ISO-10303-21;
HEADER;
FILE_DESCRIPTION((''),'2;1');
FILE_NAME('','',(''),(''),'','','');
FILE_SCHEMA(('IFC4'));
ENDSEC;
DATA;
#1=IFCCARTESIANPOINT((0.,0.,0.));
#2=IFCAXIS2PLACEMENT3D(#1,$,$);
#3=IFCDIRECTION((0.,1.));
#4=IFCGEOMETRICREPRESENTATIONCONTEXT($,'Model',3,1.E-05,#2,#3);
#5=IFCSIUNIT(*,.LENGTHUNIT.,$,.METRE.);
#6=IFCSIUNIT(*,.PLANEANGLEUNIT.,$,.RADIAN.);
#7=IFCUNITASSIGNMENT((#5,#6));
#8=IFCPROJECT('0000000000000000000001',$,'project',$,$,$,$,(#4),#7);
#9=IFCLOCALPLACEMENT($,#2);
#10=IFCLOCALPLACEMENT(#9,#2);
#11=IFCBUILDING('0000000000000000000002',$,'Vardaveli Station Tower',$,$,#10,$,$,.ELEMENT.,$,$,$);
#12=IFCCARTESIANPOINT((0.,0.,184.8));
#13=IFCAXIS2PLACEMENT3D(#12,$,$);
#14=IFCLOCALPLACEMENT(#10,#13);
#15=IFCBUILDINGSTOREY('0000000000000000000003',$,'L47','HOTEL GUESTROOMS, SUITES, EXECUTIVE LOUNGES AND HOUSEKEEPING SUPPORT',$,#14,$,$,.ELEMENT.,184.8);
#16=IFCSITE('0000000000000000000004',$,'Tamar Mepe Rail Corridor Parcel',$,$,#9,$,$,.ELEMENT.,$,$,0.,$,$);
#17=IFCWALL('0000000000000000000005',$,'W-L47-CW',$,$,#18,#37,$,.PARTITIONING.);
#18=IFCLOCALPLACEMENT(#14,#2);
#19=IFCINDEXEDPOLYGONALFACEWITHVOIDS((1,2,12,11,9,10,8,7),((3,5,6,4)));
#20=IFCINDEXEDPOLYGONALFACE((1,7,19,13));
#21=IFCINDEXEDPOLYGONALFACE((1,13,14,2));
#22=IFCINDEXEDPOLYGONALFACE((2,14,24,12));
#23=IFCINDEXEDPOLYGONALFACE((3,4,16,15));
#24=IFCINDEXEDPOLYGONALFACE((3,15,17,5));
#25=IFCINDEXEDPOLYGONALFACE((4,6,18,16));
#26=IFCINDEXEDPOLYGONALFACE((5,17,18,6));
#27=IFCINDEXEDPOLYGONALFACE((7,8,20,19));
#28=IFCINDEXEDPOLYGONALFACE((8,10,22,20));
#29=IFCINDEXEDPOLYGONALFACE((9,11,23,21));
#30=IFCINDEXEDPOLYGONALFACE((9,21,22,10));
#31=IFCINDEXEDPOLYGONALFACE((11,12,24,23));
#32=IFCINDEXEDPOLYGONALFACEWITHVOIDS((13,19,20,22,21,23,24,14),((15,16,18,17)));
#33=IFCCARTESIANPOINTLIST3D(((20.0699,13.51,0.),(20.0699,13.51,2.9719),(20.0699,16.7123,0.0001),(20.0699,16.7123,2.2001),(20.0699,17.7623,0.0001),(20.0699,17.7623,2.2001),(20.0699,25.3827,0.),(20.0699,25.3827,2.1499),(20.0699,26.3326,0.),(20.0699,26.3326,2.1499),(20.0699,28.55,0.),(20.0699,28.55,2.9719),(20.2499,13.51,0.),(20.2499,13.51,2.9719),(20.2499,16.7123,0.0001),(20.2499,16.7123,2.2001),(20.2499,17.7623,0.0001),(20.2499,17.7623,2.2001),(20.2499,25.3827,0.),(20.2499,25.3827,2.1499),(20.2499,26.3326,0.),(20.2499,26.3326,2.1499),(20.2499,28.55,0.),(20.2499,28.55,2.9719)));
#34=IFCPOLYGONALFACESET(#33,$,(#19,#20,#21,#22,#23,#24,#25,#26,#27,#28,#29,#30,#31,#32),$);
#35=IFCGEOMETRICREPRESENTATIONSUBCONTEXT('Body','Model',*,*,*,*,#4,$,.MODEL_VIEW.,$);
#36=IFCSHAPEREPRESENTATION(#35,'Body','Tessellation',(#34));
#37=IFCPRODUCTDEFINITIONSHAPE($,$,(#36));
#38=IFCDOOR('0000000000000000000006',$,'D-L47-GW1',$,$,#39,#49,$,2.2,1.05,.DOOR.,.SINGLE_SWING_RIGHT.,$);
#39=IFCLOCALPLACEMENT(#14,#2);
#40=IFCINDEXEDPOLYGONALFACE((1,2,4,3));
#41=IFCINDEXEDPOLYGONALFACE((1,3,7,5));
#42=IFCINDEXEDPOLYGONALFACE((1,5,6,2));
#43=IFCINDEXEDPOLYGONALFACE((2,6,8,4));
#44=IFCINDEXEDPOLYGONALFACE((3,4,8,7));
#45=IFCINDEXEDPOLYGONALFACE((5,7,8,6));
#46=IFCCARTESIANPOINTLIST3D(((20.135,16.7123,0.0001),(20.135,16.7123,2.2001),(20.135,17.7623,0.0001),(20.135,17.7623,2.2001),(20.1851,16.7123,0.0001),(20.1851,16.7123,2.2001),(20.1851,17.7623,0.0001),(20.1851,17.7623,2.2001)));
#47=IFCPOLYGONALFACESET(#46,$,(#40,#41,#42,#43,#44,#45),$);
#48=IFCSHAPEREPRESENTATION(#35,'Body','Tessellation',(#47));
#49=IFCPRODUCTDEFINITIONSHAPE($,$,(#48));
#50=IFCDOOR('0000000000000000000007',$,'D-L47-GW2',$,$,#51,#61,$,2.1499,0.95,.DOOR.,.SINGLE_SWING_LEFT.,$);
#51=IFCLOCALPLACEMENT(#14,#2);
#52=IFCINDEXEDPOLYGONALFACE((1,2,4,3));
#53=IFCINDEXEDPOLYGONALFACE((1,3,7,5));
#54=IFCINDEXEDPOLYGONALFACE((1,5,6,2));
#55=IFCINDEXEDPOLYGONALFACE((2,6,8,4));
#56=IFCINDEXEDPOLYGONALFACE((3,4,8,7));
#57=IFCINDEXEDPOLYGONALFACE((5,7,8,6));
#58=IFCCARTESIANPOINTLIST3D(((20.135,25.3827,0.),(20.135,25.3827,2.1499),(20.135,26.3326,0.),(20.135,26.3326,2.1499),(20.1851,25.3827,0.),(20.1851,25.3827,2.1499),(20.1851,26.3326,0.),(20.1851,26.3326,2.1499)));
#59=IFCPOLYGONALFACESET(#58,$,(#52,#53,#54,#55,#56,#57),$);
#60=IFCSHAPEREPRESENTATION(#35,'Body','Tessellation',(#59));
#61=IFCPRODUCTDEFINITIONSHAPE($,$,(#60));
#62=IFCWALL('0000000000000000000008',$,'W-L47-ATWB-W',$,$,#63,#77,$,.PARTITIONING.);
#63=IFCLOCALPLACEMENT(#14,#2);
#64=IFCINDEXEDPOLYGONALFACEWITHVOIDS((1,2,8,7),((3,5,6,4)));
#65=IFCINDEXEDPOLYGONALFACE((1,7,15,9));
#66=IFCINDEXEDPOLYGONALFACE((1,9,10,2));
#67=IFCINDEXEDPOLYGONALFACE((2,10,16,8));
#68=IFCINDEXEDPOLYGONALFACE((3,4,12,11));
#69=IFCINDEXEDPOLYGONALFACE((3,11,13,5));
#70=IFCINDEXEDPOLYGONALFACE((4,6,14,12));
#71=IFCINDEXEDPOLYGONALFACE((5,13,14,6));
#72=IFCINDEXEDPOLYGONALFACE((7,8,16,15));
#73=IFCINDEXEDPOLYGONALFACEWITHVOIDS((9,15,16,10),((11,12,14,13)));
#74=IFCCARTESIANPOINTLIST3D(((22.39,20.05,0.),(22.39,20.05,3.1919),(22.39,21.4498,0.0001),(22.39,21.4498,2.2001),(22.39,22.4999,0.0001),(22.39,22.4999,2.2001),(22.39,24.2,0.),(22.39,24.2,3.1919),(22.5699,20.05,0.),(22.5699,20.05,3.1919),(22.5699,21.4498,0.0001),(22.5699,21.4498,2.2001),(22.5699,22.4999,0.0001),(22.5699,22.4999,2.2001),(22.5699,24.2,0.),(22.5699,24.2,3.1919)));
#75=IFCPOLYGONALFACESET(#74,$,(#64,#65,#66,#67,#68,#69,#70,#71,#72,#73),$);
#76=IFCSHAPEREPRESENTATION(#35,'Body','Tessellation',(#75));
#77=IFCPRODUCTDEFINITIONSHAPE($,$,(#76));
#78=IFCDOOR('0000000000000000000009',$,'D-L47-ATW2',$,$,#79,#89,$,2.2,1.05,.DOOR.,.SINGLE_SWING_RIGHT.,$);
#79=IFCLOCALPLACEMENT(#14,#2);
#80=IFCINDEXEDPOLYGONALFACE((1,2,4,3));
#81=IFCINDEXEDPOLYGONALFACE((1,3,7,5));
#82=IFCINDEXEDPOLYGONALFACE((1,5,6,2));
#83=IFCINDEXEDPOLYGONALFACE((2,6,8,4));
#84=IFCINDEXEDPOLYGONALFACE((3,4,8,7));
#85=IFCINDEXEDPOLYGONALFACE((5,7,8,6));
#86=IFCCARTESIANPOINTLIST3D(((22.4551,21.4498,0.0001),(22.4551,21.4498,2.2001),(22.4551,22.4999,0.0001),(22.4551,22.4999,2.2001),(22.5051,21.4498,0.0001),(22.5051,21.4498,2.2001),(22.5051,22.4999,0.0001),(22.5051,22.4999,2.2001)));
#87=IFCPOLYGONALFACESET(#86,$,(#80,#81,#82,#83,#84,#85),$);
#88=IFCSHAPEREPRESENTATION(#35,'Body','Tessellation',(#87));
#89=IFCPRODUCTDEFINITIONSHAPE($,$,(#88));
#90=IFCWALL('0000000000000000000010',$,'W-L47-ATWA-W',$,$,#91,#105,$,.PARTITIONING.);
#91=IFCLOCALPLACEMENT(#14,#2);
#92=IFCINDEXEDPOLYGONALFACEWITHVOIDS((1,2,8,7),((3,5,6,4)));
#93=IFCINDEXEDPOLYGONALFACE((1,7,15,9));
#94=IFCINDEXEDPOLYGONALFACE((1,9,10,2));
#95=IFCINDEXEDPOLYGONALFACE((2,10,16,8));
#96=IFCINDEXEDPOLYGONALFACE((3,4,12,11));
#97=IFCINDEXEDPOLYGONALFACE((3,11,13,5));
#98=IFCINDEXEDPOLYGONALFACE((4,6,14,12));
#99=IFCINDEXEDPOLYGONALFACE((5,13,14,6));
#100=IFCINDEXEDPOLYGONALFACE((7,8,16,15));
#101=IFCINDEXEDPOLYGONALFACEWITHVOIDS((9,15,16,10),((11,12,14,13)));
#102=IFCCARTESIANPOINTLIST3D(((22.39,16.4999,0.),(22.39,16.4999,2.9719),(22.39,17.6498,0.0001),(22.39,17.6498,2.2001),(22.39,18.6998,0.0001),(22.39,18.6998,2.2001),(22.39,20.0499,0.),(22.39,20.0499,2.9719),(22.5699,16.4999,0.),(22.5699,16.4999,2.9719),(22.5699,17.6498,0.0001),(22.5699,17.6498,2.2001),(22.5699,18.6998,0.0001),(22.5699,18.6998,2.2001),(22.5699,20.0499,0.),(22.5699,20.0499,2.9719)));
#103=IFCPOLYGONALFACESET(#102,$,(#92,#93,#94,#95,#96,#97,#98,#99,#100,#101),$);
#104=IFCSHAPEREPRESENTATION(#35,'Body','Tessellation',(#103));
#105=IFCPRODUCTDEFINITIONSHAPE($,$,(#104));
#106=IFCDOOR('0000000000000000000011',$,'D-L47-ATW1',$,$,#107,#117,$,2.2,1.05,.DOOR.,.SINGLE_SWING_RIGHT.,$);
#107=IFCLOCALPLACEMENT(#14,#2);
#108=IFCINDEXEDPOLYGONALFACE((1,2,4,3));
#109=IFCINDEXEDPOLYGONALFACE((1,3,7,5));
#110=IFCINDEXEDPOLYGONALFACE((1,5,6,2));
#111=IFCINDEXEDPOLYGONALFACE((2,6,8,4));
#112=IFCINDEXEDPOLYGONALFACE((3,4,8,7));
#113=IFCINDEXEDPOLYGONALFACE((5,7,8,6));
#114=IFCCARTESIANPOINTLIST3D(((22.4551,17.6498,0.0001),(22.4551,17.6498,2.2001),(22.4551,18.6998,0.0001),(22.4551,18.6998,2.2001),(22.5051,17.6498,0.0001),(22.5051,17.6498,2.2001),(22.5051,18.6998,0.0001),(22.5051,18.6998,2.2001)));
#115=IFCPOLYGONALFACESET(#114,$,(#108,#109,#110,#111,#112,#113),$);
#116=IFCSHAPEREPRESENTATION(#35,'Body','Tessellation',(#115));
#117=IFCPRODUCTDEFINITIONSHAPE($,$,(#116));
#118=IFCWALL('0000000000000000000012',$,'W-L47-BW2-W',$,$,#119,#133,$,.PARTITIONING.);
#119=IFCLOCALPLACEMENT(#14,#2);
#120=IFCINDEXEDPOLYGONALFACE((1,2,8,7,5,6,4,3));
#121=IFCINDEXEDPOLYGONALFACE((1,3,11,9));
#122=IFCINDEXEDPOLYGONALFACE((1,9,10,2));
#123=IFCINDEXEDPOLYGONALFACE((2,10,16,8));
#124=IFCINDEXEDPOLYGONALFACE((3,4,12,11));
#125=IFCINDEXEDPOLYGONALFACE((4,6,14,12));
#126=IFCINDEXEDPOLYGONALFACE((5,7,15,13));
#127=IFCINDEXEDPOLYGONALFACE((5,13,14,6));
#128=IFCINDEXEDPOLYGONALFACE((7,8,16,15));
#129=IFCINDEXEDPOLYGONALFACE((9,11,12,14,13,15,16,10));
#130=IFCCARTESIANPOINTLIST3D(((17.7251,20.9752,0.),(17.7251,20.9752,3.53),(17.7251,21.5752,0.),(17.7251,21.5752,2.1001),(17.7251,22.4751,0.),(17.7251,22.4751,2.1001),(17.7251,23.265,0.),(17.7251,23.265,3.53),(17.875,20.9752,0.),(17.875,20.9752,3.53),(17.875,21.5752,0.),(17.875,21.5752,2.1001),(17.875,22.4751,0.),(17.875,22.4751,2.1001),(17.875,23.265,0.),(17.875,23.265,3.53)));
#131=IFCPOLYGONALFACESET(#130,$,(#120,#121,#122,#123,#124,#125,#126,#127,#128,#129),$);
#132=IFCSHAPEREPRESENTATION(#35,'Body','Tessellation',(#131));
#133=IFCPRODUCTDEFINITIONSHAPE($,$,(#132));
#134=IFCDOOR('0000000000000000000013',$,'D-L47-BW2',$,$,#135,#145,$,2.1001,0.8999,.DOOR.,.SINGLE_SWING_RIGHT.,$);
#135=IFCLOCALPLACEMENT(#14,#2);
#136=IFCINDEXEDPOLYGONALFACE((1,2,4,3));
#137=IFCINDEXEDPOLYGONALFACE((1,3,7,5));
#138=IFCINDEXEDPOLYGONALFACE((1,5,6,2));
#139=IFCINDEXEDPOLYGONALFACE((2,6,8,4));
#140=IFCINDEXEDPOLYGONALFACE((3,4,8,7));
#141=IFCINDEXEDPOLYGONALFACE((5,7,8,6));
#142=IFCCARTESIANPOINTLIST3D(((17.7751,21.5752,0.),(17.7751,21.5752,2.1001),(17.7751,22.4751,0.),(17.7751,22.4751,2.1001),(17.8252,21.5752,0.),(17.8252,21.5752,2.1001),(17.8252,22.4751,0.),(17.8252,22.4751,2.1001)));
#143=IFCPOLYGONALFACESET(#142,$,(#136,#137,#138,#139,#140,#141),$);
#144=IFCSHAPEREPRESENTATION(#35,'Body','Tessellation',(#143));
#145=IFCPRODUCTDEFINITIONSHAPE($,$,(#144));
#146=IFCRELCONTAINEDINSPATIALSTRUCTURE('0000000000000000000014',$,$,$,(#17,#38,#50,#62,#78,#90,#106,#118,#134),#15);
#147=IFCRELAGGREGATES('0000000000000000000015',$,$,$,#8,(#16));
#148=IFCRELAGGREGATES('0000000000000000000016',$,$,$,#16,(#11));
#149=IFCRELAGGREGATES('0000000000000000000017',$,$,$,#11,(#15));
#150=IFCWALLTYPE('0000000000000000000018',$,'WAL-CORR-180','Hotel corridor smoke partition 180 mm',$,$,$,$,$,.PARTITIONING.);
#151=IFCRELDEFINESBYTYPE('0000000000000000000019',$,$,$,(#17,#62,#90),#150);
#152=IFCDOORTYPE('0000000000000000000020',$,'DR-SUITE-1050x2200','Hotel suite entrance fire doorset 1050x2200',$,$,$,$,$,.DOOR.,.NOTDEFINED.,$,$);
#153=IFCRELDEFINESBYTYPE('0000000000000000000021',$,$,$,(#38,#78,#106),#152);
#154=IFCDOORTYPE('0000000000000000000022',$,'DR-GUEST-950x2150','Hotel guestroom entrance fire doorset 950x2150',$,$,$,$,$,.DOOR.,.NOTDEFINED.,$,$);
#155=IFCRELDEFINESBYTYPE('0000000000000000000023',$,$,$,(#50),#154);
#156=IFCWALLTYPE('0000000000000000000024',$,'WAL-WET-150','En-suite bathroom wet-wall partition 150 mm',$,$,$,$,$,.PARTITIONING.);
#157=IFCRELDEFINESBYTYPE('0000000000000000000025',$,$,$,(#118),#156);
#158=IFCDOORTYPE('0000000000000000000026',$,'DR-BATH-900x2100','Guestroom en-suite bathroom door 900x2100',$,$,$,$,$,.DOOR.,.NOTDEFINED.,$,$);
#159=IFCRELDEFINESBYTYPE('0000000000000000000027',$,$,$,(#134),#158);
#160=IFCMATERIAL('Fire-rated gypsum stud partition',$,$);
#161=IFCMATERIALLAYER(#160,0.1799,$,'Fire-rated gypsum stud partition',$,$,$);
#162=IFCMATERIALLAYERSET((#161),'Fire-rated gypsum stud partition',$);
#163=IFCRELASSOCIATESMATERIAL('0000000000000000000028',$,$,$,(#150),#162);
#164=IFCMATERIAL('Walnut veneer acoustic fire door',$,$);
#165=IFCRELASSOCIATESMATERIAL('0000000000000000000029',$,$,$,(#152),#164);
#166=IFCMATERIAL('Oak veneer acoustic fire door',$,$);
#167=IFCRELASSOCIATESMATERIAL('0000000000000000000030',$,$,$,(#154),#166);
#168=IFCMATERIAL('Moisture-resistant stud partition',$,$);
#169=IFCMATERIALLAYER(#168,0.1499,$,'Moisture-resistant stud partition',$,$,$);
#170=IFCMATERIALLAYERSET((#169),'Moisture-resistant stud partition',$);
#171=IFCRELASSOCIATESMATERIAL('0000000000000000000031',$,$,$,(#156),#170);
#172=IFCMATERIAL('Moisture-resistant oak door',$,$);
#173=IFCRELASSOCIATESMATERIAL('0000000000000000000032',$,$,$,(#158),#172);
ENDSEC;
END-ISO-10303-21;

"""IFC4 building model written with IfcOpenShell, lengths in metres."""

from ifc_helpers import new_model, si_unit, direction, frame, frame_2d, origin, place, context, subcontext, project, spatial, rectangle, extrude, source, transform, mapped, material, layer, layer_set, type_object, element, fill, save


model = new_model("IFC4")

# Units and contexts
model_context = context("Model", 3, precision=1e-05, world=origin(), true_north=direction((0.0, 1.0)))
body_context = subcontext(model_context, "Body", "Model", "MODEL_VIEW")
ifc_project = project(units=[si_unit("LENGTHUNIT", "METRE"), si_unit("PLANEANGLEUNIT", "RADIAN")], contexts=[model_context])

# Site, building, storey
site_placement = place(None, origin())
site = spatial("IfcSite", under=ifc_project, at=site_placement, Name="Tamar Mepe Rail Corridor Parcel", CompositionType="ELEMENT", RefElevation=0.0)
building_placement = place(site_placement, origin())
building = spatial("IfcBuilding", under=site, at=building_placement, Name="Vardaveli Station Tower", CompositionType="ELEMENT")
storey_placement = place(building_placement, frame((0.0, 0.0, 184.8)))
storey = spatial("IfcBuildingStorey", under=building, at=storey_placement, Name="L47", Description="HOTEL GUESTROOMS, SUITES, EXECUTIVE LOUNGES AND HOUSEKEEPING SUPPORT", CompositionType="ELEMENT", Elevation=184.8)

# Wall, openings, doors
ifc_material_1 = material(Name="Fire-rated gypsum stud partition")
ifc_layer_1 = layer(ifc_material_1, 0.1799, Name="Fire-rated gypsum stud partition")
ifc_layer_set_1 = layer_set([ifc_layer_1], Name="Fire-rated gypsum stud partition")
wall_type_1 = type_object("IfcWallType", Name="WAL-CORR-180", Description="Hotel corridor smoke partition 180 mm", PredefinedType="PARTITIONING", material=ifc_layer_set_1)
shared_shape_1 = source(origin(), body_context, "Body", "SweptSolid", [
    extrude(rectangle(XDim=15.04, YDim=0.1799, at=frame_2d((7.52, 0.0))), origin(), (0.0, 0.0, 1.0), 2.9719),
])
wall_1_placement = place(storey_placement, frame((20.1599, 13.51, 0.0), z_axis=(0.0, 0.0, 1.0), x_axis=(0.0, 1.0, 0.0)))
wall_1 = element("IfcWall", 1, at=wall_1_placement, inside=storey, type_object=wall_type_1, Name="W-L47-CW", PredefinedType="PARTITIONING", context=body_context, shape_type="MappedRepresentation", body=[
    mapped(shared_shape_1, transform((0.0, 0.0, 0.0), scale=1.0)),
])
shared_shape_2 = source(origin(), body_context, "Body", "SweptSolid", [
    extrude(rectangle(XDim=1.05, YDim=2.2, at=frame_2d((0.5249, 1.1001))), frame((0.0, 0.1001, 0.0), z_axis=(0.0, -1.0, 0.0), x_axis=(1.0, 0.0, 0.0)), (0.0, 0.0, 1.0), 0.2),
])
opening_1_placement = place(wall_1_placement, frame((3.2024, 0.0, 0.0)))
opening_1 = element("IfcOpeningElement", 2, at=opening_1_placement, cuts=wall_1, PredefinedType="OPENING", context=body_context, shape_type="MappedRepresentation", body=[
    mapped(shared_shape_2, transform((0.0, 0.0, 0.0), scale=1.0)),
])
shared_shape_3 = source(origin(), body_context, "Body", "SweptSolid", [
    extrude(rectangle(XDim=0.95, YDim=2.1499, at=frame_2d((0.4751, 1.075))), frame((0.0, 0.1001, 0.0), z_axis=(0.0, -1.0, 0.0), x_axis=(1.0, 0.0, 0.0)), (0.0, 0.0, 1.0), 0.2),
])
opening_2_placement = place(wall_1_placement, frame((11.8726, 0.0, 0.0)))
opening_2 = element("IfcOpeningElement", 3, at=opening_2_placement, cuts=wall_1, PredefinedType="OPENING", context=body_context, shape_type="MappedRepresentation", body=[
    mapped(shared_shape_3, transform((0.0, 0.0, 0.0), scale=1.0)),
])
ifc_material_2 = material(Name="Walnut veneer acoustic fire door")
door_type_1 = type_object("IfcDoorType", Name="DR-SUITE-1050x2200", Description="Hotel suite entrance fire doorset 1050x2200", OperationType="NOTDEFINED", PredefinedType="DOOR", material=ifc_material_2)
shared_shape_4 = source(origin(), body_context, "Body", "SweptSolid", [
    extrude(rectangle(XDim=1.05, YDim=2.2, at=frame_2d((0.5249, 1.1001))), frame((0.0, 0.0249, 0.0), z_axis=(0.0, -1.0, 0.0), x_axis=(1.0, 0.0, 0.0)), (0.0, 0.0, 1.0), 0.05),
])
door_1_placement = place(opening_1_placement, origin())
door_1 = element("IfcDoor", 4, at=door_1_placement, inside=storey, type_object=door_type_1, Name="D-L47-GW1", OperationType="SINGLE_SWING_RIGHT", OverallHeight=2.2, OverallWidth=1.05, PredefinedType="DOOR", context=body_context, shape_type="MappedRepresentation", body=[
    mapped(shared_shape_4, transform((0.0, 0.0, 0.0), scale=1.0)),
])
fill(opening_1, door_1)
ifc_material_3 = material(Name="Oak veneer acoustic fire door")
door_type_2 = type_object("IfcDoorType", Name="DR-GUEST-950x2150", Description="Hotel guestroom entrance fire doorset 950x2150", OperationType="NOTDEFINED", PredefinedType="DOOR", material=ifc_material_3)
shared_shape_5 = source(origin(), body_context, "Body", "SweptSolid", [
    extrude(rectangle(XDim=0.95, YDim=2.1499, at=frame_2d((0.4751, 1.075))), frame((0.0, 0.0249, 0.0), z_axis=(0.0, -1.0, 0.0), x_axis=(1.0, 0.0, 0.0)), (0.0, 0.0, 1.0), 0.05),
])
door_2_placement = place(opening_2_placement, origin())
door_2 = element("IfcDoor", 5, at=door_2_placement, inside=storey, type_object=door_type_2, Name="D-L47-GW2", OperationType="SINGLE_SWING_LEFT", OverallHeight=2.1499, OverallWidth=0.95, PredefinedType="DOOR", context=body_context, shape_type="MappedRepresentation", body=[
    mapped(shared_shape_5, transform((0.0, 0.0, 0.0), scale=1.0)),
])
fill(opening_2, door_2)

# Walls, openings, doors
shared_shape_6 = source(origin(), body_context, "Body", "SweptSolid", [
    extrude(rectangle(XDim=4.1499, YDim=0.1799, at=frame_2d((2.075, 0.0))), origin(), (0.0, 0.0, 1.0), 3.1919),
])
wall_2_placement = place(storey_placement, frame((22.48, 20.05, 0.0), z_axis=(0.0, 0.0, 1.0), x_axis=(0.0, 1.0, 0.0)))
wall_2 = element("IfcWall", 6, at=wall_2_placement, inside=storey, type_object=wall_type_1, Name="W-L47-ATWB-W", PredefinedType="PARTITIONING", context=body_context, shape_type="MappedRepresentation", body=[
    mapped(shared_shape_6, transform((0.0, 0.0, 0.0), scale=1.0)),
])
opening_3_placement = place(wall_2_placement, frame((1.3999, 0.0, 0.0)))
opening_3 = element("IfcOpeningElement", 7, at=opening_3_placement, cuts=wall_2, PredefinedType="OPENING", context=body_context, shape_type="MappedRepresentation", body=[
    mapped(shared_shape_2, transform((0.0, 0.0, 0.0), scale=1.0)),
])
door_3_placement = place(opening_3_placement, origin())
door_3 = element("IfcDoor", 8, at=door_3_placement, inside=storey, type_object=door_type_1, Name="D-L47-ATW2", OperationType="SINGLE_SWING_RIGHT", OverallHeight=2.2, OverallWidth=1.05, PredefinedType="DOOR", context=body_context, shape_type="MappedRepresentation", body=[
    mapped(shared_shape_4, transform((0.0, 0.0, 0.0), scale=1.0)),
])
fill(opening_3, door_3)
shared_shape_7 = source(origin(), body_context, "Body", "SweptSolid", [
    extrude(rectangle(XDim=3.55, YDim=0.1799, at=frame_2d((1.7749, 0.0))), origin(), (0.0, 0.0, 1.0), 2.9719),
])
wall_3_placement = place(storey_placement, frame((22.48, 16.5, 0.0), z_axis=(0.0, 0.0, 1.0), x_axis=(0.0, 1.0, 0.0)))
wall_3 = element("IfcWall", 9, at=wall_3_placement, inside=storey, type_object=wall_type_1, Name="W-L47-ATWA-W", PredefinedType="PARTITIONING", context=body_context, shape_type="MappedRepresentation", body=[
    mapped(shared_shape_7, transform((0.0, 0.0, 0.0), scale=1.0)),
])
opening_4_placement = place(wall_3_placement, frame((1.1499, 0.0, 0.0)))
opening_4 = element("IfcOpeningElement", 10, at=opening_4_placement, cuts=wall_3, PredefinedType="OPENING", context=body_context, shape_type="MappedRepresentation", body=[
    mapped(shared_shape_2, transform((0.0, 0.0, 0.0), scale=1.0)),
])
door_4_placement = place(opening_4_placement, origin())
door_4 = element("IfcDoor", 11, at=door_4_placement, inside=storey, type_object=door_type_1, Name="D-L47-ATW1", OperationType="SINGLE_SWING_RIGHT", OverallHeight=2.2, OverallWidth=1.05, PredefinedType="DOOR", context=body_context, shape_type="MappedRepresentation", body=[
    mapped(shared_shape_4, transform((0.0, 0.0, 0.0), scale=1.0)),
])
fill(opening_4, door_4)
ifc_material_4 = material(Name="Moisture-resistant stud partition")
ifc_layer_2 = layer(ifc_material_4, 0.1499, Name="Moisture-resistant stud partition")
ifc_layer_set_2 = layer_set([ifc_layer_2], Name="Moisture-resistant stud partition")
wall_type_2 = type_object("IfcWallType", Name="WAL-WET-150", Description="En-suite bathroom wet-wall partition 150 mm", PredefinedType="PARTITIONING", material=ifc_layer_set_2)
shared_shape_8 = source(origin(), body_context, "Body", "SweptSolid", [
    extrude(rectangle(XDim=2.2898, YDim=0.1499, at=frame_2d((1.145, 0.0))), origin(), (0.0, 0.0, 1.0), 3.53),
])
wall_4_placement = place(storey_placement, frame((17.8, 20.9751, 0.0), z_axis=(0.0, 0.0, 1.0), x_axis=(0.0, 1.0, 0.0)))
wall_4 = element("IfcWall", 12, at=wall_4_placement, inside=storey, type_object=wall_type_2, Name="W-L47-BW2-W", PredefinedType="PARTITIONING", context=body_context, shape_type="MappedRepresentation", body=[
    mapped(shared_shape_8, transform((0.0, 0.0, 0.0), scale=1.0)),
])
shared_shape_9 = source(origin(), body_context, "Body", "SweptSolid", [
    extrude(rectangle(XDim=0.8999, YDim=2.1001, at=frame_2d((0.45, 1.05))), frame((0.0, 0.085, 0.0), z_axis=(0.0, -1.0, 0.0), x_axis=(1.0, 0.0, 0.0)), (0.0, 0.0, 1.0), 0.1699),
])
opening_5_placement = place(wall_4_placement, frame((0.6001, 0.0, 0.0)))
opening_5 = element("IfcOpeningElement", 13, at=opening_5_placement, cuts=wall_4, PredefinedType="OPENING", context=body_context, shape_type="MappedRepresentation", body=[
    mapped(shared_shape_9, transform((0.0, 0.0, 0.0), scale=1.0)),
])
ifc_material_5 = material(Name="Moisture-resistant oak door")
door_type_3 = type_object("IfcDoorType", Name="DR-BATH-900x2100", Description="Guestroom en-suite bathroom door 900x2100", OperationType="NOTDEFINED", PredefinedType="DOOR", material=ifc_material_5)
shared_shape_10 = source(origin(), body_context, "Body", "SweptSolid", [
    extrude(rectangle(XDim=0.8999, YDim=2.1001, at=frame_2d((0.45, 1.05))), frame((0.0, 0.0249, 0.0), z_axis=(0.0, -1.0, 0.0), x_axis=(1.0, 0.0, 0.0)), (0.0, 0.0, 1.0), 0.05),
])
door_5_placement = place(opening_5_placement, origin())
door_5 = element("IfcDoor", 14, at=door_5_placement, inside=storey, type_object=door_type_3, Name="D-L47-BW2", OperationType="SINGLE_SWING_RIGHT", OverallHeight=2.1001, OverallWidth=0.8999, PredefinedType="DOOR", context=body_context, shape_type="MappedRepresentation", body=[
    mapped(shared_shape_10, transform((0.0, 0.0, 0.0), scale=1.0)),
])
fill(opening_5, door_5)

save(model, "model.ifc")
